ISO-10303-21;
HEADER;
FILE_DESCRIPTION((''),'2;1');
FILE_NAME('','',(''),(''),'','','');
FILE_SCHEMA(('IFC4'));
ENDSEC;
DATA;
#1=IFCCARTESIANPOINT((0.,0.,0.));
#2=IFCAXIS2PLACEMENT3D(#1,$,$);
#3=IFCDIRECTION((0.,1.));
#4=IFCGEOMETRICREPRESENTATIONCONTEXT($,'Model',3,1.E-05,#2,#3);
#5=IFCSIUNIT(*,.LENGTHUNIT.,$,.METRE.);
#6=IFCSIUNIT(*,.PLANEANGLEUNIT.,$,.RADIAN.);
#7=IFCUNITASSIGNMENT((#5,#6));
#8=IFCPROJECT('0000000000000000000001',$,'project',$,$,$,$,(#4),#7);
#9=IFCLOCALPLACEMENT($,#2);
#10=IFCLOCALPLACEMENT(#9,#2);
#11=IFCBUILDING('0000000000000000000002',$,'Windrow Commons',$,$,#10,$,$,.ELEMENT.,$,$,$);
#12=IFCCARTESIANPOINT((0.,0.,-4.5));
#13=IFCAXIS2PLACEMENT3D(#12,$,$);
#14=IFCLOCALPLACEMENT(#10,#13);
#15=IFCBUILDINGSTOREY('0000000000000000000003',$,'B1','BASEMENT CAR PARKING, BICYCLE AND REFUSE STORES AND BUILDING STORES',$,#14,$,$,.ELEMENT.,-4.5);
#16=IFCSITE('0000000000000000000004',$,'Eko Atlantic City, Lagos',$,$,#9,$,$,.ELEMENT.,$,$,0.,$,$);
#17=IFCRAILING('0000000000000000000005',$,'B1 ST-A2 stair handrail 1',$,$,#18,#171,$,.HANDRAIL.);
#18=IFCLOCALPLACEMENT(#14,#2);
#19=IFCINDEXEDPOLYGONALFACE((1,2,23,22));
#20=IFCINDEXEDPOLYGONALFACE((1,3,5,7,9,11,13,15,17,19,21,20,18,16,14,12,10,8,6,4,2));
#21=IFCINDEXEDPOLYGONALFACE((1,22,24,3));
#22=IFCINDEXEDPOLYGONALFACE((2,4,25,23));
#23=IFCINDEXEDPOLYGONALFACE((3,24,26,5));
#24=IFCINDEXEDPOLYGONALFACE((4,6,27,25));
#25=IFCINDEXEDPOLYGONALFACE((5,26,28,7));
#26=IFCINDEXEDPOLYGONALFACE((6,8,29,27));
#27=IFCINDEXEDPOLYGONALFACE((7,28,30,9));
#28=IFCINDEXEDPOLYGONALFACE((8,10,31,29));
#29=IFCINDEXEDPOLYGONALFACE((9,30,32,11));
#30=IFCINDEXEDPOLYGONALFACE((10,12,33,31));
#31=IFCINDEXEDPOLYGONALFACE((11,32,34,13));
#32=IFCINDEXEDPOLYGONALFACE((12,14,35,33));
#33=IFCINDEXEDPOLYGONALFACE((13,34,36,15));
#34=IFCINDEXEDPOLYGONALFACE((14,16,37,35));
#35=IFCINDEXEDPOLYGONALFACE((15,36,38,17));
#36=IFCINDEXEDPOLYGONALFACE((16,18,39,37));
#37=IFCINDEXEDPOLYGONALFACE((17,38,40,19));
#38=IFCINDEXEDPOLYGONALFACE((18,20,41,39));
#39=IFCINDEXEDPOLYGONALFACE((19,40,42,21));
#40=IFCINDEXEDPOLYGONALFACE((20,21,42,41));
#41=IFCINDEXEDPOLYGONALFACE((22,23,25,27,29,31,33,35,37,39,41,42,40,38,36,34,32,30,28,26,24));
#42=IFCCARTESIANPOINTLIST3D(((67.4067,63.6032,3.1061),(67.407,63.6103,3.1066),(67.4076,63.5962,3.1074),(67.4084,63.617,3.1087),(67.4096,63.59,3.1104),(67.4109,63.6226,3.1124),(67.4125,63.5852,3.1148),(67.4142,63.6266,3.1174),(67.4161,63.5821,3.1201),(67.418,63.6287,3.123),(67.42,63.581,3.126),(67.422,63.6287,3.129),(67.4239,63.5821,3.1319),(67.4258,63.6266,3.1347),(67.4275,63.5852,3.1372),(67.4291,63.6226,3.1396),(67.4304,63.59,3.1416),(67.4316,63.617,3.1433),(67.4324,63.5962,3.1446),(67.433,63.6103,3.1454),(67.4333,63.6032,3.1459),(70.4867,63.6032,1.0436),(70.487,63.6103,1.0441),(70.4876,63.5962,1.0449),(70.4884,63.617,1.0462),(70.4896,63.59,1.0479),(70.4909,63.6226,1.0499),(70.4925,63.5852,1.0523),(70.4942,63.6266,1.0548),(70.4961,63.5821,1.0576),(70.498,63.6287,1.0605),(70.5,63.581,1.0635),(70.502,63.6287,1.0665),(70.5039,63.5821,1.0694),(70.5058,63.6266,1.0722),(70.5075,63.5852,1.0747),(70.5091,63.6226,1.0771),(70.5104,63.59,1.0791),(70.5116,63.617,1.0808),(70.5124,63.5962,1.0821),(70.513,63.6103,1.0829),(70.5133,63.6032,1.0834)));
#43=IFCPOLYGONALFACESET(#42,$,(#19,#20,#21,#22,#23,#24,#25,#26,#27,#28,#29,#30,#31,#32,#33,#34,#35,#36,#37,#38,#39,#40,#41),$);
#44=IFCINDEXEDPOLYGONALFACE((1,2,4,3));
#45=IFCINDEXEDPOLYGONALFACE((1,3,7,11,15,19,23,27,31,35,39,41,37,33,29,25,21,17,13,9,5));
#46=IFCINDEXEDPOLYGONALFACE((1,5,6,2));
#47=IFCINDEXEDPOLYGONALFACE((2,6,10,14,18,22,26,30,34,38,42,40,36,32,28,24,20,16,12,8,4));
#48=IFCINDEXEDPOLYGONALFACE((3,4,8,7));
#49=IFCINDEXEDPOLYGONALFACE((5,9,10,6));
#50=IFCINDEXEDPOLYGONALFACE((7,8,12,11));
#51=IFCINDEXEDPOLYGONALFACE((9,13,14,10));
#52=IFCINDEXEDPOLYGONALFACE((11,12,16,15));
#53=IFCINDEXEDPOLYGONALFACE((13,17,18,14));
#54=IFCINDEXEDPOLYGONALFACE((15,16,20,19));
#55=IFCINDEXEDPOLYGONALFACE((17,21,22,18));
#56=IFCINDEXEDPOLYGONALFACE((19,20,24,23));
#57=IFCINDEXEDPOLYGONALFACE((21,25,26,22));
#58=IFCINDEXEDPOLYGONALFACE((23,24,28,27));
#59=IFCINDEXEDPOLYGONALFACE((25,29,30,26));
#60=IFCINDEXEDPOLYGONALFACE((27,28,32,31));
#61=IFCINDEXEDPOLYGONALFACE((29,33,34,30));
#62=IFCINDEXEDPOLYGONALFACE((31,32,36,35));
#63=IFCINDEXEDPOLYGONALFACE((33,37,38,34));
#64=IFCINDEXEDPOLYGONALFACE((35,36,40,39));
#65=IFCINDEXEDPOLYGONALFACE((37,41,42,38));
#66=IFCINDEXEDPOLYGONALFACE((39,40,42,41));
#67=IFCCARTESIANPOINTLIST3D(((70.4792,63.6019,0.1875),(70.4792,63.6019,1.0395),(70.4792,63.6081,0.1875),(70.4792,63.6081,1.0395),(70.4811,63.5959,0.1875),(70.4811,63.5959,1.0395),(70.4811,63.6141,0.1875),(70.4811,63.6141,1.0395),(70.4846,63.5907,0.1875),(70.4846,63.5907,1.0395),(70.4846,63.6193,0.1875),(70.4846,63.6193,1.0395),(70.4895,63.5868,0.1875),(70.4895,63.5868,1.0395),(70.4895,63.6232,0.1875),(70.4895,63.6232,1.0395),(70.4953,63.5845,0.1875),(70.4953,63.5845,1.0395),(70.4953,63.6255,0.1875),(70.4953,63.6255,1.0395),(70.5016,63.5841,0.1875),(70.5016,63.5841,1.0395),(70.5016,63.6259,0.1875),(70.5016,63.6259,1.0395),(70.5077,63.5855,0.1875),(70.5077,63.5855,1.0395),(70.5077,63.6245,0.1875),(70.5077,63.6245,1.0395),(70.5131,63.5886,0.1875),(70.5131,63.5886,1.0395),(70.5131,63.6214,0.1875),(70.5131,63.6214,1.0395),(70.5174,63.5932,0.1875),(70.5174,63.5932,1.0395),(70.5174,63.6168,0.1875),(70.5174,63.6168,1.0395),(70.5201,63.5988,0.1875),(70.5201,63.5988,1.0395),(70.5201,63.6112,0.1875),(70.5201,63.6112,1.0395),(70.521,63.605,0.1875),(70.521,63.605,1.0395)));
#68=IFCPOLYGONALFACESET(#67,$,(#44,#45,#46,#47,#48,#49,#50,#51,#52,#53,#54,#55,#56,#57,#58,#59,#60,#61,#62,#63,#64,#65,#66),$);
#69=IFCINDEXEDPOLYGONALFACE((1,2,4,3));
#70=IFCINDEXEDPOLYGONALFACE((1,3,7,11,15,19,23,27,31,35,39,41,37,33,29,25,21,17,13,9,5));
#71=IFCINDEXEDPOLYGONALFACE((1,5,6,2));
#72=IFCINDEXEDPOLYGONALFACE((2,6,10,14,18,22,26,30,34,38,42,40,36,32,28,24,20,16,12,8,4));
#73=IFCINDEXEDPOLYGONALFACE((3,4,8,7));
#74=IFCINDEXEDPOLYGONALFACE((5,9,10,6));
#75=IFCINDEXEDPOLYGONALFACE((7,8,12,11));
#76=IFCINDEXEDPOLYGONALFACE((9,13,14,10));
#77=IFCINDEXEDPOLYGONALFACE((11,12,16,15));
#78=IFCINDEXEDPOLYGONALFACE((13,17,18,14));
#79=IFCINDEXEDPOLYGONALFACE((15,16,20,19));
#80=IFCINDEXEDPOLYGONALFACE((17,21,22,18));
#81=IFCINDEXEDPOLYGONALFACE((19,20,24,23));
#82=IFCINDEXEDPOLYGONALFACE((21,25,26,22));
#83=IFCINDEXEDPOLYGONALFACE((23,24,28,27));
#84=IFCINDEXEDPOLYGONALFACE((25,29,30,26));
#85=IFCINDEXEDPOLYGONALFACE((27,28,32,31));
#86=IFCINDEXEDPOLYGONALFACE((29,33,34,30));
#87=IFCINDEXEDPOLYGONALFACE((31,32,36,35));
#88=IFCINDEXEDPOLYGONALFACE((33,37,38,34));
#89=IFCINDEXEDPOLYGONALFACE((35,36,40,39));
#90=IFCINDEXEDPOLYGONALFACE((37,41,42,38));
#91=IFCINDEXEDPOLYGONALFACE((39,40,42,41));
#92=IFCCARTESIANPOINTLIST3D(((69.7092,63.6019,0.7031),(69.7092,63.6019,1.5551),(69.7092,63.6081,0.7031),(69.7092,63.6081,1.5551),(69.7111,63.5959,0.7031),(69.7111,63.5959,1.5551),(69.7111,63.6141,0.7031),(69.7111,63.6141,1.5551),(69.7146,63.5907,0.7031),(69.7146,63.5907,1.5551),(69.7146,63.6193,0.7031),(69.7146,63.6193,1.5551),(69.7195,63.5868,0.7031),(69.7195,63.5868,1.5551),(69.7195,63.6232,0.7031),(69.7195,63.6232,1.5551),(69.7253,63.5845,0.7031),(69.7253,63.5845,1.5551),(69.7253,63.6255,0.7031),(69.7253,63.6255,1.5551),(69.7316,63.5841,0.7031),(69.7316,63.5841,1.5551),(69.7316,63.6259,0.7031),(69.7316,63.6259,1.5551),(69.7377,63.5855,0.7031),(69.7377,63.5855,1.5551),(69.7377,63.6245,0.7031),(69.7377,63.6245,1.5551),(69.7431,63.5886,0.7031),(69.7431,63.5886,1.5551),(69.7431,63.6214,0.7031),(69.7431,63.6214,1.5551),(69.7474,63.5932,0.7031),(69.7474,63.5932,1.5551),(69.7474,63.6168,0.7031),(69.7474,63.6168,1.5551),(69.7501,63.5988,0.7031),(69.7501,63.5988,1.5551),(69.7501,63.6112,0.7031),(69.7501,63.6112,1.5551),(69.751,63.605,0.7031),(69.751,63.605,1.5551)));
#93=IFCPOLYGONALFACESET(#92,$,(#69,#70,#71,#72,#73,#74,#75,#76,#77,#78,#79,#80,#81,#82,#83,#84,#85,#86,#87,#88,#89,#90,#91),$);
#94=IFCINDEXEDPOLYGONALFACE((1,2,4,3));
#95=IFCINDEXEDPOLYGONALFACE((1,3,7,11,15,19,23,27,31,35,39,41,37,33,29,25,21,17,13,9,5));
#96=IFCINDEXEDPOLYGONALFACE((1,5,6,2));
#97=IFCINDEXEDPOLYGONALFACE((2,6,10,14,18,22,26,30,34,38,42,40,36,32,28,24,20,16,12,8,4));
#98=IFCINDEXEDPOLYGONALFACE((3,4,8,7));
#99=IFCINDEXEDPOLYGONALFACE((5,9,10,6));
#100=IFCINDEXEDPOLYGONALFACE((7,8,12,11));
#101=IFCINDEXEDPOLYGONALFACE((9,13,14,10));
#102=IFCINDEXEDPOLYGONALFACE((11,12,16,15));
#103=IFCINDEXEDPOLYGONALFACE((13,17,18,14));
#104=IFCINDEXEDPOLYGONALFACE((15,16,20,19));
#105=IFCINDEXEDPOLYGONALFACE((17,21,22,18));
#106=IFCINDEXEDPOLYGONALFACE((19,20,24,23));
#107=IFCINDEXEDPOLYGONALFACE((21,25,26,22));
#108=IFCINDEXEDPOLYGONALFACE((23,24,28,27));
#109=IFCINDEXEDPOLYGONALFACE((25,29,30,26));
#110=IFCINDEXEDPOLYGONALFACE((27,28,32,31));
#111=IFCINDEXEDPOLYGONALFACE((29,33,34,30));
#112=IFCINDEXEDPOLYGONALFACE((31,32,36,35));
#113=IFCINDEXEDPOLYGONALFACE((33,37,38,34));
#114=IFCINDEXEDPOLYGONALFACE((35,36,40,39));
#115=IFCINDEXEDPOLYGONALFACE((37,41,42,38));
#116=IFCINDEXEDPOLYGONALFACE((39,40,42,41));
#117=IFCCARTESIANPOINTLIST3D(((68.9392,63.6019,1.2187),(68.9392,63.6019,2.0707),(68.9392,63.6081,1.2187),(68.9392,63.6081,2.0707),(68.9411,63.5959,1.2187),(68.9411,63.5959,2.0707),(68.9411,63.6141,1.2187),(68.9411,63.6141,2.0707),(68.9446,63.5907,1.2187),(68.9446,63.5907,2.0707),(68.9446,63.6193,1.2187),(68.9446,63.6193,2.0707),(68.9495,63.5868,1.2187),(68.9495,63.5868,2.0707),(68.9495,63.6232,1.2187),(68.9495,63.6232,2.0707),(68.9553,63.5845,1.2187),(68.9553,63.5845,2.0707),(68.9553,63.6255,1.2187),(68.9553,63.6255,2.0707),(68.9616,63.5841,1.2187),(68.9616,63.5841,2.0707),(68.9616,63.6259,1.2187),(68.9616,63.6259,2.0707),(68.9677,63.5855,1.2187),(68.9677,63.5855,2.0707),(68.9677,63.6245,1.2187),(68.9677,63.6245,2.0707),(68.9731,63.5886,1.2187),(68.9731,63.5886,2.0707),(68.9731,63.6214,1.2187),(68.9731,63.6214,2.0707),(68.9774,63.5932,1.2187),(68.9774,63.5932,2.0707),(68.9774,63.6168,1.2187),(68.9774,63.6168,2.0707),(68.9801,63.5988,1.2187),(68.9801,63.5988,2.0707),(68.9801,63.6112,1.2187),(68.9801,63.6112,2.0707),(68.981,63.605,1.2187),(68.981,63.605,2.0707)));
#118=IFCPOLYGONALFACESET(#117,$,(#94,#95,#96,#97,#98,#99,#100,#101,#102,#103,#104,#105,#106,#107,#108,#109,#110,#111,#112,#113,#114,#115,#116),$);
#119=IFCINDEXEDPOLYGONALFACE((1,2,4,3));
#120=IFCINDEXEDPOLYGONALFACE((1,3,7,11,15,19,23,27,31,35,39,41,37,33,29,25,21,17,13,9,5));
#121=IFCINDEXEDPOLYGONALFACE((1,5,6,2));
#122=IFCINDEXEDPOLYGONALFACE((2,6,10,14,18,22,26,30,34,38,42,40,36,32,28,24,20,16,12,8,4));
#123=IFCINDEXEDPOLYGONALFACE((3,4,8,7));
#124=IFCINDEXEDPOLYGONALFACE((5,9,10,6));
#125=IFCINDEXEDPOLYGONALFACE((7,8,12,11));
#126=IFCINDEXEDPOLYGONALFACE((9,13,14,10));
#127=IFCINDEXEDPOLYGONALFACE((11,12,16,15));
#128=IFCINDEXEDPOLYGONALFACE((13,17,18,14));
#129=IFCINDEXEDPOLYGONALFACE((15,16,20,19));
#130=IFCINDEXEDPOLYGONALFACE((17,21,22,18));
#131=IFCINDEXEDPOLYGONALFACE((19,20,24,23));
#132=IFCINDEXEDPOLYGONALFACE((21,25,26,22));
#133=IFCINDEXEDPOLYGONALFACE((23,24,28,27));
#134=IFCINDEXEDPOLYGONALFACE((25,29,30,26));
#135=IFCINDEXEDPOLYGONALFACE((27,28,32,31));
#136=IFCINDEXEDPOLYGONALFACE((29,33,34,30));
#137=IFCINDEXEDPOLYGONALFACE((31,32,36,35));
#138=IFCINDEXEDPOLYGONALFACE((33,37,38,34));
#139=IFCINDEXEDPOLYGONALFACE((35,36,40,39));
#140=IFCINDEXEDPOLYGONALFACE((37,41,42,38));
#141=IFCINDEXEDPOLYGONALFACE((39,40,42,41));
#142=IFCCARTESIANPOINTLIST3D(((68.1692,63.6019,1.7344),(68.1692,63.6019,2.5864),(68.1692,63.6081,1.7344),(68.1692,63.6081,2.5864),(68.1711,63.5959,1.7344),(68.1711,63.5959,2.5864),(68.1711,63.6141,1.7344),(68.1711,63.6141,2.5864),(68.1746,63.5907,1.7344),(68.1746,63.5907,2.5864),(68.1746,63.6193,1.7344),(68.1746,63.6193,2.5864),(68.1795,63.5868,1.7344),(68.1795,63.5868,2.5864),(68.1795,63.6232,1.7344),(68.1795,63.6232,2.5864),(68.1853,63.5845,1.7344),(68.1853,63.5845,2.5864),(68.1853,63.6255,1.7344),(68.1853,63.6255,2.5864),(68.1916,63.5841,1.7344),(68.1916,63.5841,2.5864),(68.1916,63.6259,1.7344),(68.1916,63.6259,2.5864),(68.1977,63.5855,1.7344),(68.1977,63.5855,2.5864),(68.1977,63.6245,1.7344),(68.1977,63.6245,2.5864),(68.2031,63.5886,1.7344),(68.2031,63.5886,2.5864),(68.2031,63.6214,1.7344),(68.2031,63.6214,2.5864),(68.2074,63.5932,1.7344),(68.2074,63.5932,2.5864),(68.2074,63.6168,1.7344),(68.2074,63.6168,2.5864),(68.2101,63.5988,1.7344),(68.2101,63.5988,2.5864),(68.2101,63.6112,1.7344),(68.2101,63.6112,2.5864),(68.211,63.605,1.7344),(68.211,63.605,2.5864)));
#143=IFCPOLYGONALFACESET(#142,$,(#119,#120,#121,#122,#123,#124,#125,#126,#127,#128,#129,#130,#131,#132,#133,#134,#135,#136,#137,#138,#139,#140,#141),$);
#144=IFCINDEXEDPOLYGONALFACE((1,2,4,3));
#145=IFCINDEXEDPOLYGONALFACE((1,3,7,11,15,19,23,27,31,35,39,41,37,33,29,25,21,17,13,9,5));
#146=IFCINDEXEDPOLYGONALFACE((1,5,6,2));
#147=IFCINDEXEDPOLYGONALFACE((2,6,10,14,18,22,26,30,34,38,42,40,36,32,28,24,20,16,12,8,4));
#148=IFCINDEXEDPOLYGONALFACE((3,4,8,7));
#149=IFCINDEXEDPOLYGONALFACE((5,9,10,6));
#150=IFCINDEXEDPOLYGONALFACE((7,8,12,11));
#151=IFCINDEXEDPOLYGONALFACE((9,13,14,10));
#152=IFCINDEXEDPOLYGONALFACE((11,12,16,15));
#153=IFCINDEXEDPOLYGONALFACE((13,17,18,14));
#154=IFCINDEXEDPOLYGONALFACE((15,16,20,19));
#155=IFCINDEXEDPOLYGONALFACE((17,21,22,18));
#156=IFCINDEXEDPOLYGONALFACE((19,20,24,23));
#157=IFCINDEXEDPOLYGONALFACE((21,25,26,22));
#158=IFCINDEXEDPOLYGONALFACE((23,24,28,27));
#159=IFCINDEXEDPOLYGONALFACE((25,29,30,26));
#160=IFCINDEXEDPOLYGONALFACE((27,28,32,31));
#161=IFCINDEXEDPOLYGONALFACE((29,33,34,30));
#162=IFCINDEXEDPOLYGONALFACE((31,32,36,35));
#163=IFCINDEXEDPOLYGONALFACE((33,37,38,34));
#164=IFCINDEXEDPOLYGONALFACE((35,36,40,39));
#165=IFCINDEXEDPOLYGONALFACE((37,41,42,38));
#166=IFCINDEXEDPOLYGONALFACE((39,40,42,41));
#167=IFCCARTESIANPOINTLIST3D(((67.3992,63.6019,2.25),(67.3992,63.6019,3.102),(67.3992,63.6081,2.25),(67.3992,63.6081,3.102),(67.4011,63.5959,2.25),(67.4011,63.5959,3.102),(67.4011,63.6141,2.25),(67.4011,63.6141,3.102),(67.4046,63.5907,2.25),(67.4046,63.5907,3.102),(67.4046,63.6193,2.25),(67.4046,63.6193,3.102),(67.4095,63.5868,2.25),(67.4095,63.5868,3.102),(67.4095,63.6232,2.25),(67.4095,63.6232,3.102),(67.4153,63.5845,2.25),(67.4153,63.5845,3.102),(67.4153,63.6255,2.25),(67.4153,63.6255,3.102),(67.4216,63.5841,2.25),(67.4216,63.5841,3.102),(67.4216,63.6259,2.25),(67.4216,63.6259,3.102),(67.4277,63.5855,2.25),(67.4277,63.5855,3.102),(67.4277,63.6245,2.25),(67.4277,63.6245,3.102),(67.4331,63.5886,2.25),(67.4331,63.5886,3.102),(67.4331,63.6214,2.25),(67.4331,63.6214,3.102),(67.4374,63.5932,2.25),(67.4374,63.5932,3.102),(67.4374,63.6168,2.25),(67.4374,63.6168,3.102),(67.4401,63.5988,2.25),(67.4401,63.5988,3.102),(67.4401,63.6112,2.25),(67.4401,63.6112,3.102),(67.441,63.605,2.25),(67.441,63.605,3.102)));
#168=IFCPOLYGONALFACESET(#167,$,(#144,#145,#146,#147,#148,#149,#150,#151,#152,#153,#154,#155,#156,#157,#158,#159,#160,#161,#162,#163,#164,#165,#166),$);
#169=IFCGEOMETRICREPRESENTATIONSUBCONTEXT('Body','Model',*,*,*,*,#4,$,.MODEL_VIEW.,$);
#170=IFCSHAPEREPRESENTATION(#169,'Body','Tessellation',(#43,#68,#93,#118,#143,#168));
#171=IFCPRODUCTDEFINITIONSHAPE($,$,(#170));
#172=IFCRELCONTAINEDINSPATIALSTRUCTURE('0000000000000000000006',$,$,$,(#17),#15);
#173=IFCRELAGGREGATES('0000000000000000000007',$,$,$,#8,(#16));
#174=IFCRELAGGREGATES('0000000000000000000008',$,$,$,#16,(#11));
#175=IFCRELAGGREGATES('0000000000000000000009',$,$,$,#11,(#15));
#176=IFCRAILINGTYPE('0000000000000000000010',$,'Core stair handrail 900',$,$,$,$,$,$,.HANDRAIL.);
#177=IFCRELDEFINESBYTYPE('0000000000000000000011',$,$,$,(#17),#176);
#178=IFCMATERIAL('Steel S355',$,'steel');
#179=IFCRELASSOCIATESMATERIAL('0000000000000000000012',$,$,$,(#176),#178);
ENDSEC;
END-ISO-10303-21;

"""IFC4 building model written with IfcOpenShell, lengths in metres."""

from ifc_helpers import new_model, si_unit, direction, frame, origin, origin_2d, place, context, subcontext, project, spatial, circle, extrude, material, type_object, element, save


model = new_model("IFC4")

# Units and contexts
model_context = context("Model", 3, precision=1e-05, world=origin(), true_north=direction((0.0, 1.0)))
body_context = subcontext(model_context, "Body", "Model", "MODEL_VIEW")
ifc_project = project(units=[si_unit("LENGTHUNIT", "METRE"), si_unit("PLANEANGLEUNIT", "RADIAN")], contexts=[model_context])

# Site, building, storey
site_placement = place(None, origin())
site = spatial("IfcSite", under=ifc_project, at=site_placement, Name="Eko Atlantic City, Lagos", CompositionType="ELEMENT", RefElevation=0.0)
building_placement = place(site_placement, origin())
building = spatial("IfcBuilding", under=site, at=building_placement, Name="Windrow Commons", CompositionType="ELEMENT")
storey_placement = place(building_placement, frame((0.0, 0.0, -4.5)))
storey = spatial("IfcBuildingStorey", under=building, at=storey_placement, Name="B1", Description="BASEMENT CAR PARKING, BICYCLE AND REFUSE STORES AND BUILDING STORES", CompositionType="ELEMENT", Elevation=-4.5)

# Railing
ifc_material_1 = material(Name="Steel S355", Category="steel")
railing_type_1 = type_object("IfcRailingType", Name="Core stair handrail 900", PredefinedType="HANDRAIL", material=ifc_material_1)
for number, where, name in (
    (1, (70.5, 63.605, 0.1875), "B1 ST-A2 stair handrail 1"),
):
    element("IfcRailing", number, at=place(storey_placement, frame(where)), inside=storey, type_object=railing_type_1, Name=name, PredefinedType="HANDRAIL", context=body_context, shape_type="SweptSolid", body=[
        extrude(circle(Radius=0.024, at=origin_2d()), frame((0.0, 0.0, 0.876), z_axis=(-0.830907, 0.0, 0.556411), x_axis=(0.0, -1.0, 0.0)), (0.0, 0.0, 1.0), 3.7068),
        extrude(circle(Radius=0.021, at=origin_2d()), origin(), (0.0, 0.0, 1.0), 0.852),
        extrude(circle(Radius=0.021, at=origin_2d()), frame((-0.77, 0.0, 0.5156)), (0.0, 0.0, 1.0), 0.852),
        extrude(circle(Radius=0.021, at=origin_2d()), frame((-1.54, 0.0, 1.0312)), (0.0, 0.0, 1.0), 0.852),
        extrude(circle(Radius=0.021, at=origin_2d()), frame((-2.31, 0.0, 1.5469)), (0.0, 0.0, 1.0), 0.852),
        extrude(circle(Radius=0.021, at=origin_2d()), frame((-3.08, 0.0, 2.0625)), (0.0, 0.0, 1.0), 0.852),
    ])

save(model, "model.ifc")
